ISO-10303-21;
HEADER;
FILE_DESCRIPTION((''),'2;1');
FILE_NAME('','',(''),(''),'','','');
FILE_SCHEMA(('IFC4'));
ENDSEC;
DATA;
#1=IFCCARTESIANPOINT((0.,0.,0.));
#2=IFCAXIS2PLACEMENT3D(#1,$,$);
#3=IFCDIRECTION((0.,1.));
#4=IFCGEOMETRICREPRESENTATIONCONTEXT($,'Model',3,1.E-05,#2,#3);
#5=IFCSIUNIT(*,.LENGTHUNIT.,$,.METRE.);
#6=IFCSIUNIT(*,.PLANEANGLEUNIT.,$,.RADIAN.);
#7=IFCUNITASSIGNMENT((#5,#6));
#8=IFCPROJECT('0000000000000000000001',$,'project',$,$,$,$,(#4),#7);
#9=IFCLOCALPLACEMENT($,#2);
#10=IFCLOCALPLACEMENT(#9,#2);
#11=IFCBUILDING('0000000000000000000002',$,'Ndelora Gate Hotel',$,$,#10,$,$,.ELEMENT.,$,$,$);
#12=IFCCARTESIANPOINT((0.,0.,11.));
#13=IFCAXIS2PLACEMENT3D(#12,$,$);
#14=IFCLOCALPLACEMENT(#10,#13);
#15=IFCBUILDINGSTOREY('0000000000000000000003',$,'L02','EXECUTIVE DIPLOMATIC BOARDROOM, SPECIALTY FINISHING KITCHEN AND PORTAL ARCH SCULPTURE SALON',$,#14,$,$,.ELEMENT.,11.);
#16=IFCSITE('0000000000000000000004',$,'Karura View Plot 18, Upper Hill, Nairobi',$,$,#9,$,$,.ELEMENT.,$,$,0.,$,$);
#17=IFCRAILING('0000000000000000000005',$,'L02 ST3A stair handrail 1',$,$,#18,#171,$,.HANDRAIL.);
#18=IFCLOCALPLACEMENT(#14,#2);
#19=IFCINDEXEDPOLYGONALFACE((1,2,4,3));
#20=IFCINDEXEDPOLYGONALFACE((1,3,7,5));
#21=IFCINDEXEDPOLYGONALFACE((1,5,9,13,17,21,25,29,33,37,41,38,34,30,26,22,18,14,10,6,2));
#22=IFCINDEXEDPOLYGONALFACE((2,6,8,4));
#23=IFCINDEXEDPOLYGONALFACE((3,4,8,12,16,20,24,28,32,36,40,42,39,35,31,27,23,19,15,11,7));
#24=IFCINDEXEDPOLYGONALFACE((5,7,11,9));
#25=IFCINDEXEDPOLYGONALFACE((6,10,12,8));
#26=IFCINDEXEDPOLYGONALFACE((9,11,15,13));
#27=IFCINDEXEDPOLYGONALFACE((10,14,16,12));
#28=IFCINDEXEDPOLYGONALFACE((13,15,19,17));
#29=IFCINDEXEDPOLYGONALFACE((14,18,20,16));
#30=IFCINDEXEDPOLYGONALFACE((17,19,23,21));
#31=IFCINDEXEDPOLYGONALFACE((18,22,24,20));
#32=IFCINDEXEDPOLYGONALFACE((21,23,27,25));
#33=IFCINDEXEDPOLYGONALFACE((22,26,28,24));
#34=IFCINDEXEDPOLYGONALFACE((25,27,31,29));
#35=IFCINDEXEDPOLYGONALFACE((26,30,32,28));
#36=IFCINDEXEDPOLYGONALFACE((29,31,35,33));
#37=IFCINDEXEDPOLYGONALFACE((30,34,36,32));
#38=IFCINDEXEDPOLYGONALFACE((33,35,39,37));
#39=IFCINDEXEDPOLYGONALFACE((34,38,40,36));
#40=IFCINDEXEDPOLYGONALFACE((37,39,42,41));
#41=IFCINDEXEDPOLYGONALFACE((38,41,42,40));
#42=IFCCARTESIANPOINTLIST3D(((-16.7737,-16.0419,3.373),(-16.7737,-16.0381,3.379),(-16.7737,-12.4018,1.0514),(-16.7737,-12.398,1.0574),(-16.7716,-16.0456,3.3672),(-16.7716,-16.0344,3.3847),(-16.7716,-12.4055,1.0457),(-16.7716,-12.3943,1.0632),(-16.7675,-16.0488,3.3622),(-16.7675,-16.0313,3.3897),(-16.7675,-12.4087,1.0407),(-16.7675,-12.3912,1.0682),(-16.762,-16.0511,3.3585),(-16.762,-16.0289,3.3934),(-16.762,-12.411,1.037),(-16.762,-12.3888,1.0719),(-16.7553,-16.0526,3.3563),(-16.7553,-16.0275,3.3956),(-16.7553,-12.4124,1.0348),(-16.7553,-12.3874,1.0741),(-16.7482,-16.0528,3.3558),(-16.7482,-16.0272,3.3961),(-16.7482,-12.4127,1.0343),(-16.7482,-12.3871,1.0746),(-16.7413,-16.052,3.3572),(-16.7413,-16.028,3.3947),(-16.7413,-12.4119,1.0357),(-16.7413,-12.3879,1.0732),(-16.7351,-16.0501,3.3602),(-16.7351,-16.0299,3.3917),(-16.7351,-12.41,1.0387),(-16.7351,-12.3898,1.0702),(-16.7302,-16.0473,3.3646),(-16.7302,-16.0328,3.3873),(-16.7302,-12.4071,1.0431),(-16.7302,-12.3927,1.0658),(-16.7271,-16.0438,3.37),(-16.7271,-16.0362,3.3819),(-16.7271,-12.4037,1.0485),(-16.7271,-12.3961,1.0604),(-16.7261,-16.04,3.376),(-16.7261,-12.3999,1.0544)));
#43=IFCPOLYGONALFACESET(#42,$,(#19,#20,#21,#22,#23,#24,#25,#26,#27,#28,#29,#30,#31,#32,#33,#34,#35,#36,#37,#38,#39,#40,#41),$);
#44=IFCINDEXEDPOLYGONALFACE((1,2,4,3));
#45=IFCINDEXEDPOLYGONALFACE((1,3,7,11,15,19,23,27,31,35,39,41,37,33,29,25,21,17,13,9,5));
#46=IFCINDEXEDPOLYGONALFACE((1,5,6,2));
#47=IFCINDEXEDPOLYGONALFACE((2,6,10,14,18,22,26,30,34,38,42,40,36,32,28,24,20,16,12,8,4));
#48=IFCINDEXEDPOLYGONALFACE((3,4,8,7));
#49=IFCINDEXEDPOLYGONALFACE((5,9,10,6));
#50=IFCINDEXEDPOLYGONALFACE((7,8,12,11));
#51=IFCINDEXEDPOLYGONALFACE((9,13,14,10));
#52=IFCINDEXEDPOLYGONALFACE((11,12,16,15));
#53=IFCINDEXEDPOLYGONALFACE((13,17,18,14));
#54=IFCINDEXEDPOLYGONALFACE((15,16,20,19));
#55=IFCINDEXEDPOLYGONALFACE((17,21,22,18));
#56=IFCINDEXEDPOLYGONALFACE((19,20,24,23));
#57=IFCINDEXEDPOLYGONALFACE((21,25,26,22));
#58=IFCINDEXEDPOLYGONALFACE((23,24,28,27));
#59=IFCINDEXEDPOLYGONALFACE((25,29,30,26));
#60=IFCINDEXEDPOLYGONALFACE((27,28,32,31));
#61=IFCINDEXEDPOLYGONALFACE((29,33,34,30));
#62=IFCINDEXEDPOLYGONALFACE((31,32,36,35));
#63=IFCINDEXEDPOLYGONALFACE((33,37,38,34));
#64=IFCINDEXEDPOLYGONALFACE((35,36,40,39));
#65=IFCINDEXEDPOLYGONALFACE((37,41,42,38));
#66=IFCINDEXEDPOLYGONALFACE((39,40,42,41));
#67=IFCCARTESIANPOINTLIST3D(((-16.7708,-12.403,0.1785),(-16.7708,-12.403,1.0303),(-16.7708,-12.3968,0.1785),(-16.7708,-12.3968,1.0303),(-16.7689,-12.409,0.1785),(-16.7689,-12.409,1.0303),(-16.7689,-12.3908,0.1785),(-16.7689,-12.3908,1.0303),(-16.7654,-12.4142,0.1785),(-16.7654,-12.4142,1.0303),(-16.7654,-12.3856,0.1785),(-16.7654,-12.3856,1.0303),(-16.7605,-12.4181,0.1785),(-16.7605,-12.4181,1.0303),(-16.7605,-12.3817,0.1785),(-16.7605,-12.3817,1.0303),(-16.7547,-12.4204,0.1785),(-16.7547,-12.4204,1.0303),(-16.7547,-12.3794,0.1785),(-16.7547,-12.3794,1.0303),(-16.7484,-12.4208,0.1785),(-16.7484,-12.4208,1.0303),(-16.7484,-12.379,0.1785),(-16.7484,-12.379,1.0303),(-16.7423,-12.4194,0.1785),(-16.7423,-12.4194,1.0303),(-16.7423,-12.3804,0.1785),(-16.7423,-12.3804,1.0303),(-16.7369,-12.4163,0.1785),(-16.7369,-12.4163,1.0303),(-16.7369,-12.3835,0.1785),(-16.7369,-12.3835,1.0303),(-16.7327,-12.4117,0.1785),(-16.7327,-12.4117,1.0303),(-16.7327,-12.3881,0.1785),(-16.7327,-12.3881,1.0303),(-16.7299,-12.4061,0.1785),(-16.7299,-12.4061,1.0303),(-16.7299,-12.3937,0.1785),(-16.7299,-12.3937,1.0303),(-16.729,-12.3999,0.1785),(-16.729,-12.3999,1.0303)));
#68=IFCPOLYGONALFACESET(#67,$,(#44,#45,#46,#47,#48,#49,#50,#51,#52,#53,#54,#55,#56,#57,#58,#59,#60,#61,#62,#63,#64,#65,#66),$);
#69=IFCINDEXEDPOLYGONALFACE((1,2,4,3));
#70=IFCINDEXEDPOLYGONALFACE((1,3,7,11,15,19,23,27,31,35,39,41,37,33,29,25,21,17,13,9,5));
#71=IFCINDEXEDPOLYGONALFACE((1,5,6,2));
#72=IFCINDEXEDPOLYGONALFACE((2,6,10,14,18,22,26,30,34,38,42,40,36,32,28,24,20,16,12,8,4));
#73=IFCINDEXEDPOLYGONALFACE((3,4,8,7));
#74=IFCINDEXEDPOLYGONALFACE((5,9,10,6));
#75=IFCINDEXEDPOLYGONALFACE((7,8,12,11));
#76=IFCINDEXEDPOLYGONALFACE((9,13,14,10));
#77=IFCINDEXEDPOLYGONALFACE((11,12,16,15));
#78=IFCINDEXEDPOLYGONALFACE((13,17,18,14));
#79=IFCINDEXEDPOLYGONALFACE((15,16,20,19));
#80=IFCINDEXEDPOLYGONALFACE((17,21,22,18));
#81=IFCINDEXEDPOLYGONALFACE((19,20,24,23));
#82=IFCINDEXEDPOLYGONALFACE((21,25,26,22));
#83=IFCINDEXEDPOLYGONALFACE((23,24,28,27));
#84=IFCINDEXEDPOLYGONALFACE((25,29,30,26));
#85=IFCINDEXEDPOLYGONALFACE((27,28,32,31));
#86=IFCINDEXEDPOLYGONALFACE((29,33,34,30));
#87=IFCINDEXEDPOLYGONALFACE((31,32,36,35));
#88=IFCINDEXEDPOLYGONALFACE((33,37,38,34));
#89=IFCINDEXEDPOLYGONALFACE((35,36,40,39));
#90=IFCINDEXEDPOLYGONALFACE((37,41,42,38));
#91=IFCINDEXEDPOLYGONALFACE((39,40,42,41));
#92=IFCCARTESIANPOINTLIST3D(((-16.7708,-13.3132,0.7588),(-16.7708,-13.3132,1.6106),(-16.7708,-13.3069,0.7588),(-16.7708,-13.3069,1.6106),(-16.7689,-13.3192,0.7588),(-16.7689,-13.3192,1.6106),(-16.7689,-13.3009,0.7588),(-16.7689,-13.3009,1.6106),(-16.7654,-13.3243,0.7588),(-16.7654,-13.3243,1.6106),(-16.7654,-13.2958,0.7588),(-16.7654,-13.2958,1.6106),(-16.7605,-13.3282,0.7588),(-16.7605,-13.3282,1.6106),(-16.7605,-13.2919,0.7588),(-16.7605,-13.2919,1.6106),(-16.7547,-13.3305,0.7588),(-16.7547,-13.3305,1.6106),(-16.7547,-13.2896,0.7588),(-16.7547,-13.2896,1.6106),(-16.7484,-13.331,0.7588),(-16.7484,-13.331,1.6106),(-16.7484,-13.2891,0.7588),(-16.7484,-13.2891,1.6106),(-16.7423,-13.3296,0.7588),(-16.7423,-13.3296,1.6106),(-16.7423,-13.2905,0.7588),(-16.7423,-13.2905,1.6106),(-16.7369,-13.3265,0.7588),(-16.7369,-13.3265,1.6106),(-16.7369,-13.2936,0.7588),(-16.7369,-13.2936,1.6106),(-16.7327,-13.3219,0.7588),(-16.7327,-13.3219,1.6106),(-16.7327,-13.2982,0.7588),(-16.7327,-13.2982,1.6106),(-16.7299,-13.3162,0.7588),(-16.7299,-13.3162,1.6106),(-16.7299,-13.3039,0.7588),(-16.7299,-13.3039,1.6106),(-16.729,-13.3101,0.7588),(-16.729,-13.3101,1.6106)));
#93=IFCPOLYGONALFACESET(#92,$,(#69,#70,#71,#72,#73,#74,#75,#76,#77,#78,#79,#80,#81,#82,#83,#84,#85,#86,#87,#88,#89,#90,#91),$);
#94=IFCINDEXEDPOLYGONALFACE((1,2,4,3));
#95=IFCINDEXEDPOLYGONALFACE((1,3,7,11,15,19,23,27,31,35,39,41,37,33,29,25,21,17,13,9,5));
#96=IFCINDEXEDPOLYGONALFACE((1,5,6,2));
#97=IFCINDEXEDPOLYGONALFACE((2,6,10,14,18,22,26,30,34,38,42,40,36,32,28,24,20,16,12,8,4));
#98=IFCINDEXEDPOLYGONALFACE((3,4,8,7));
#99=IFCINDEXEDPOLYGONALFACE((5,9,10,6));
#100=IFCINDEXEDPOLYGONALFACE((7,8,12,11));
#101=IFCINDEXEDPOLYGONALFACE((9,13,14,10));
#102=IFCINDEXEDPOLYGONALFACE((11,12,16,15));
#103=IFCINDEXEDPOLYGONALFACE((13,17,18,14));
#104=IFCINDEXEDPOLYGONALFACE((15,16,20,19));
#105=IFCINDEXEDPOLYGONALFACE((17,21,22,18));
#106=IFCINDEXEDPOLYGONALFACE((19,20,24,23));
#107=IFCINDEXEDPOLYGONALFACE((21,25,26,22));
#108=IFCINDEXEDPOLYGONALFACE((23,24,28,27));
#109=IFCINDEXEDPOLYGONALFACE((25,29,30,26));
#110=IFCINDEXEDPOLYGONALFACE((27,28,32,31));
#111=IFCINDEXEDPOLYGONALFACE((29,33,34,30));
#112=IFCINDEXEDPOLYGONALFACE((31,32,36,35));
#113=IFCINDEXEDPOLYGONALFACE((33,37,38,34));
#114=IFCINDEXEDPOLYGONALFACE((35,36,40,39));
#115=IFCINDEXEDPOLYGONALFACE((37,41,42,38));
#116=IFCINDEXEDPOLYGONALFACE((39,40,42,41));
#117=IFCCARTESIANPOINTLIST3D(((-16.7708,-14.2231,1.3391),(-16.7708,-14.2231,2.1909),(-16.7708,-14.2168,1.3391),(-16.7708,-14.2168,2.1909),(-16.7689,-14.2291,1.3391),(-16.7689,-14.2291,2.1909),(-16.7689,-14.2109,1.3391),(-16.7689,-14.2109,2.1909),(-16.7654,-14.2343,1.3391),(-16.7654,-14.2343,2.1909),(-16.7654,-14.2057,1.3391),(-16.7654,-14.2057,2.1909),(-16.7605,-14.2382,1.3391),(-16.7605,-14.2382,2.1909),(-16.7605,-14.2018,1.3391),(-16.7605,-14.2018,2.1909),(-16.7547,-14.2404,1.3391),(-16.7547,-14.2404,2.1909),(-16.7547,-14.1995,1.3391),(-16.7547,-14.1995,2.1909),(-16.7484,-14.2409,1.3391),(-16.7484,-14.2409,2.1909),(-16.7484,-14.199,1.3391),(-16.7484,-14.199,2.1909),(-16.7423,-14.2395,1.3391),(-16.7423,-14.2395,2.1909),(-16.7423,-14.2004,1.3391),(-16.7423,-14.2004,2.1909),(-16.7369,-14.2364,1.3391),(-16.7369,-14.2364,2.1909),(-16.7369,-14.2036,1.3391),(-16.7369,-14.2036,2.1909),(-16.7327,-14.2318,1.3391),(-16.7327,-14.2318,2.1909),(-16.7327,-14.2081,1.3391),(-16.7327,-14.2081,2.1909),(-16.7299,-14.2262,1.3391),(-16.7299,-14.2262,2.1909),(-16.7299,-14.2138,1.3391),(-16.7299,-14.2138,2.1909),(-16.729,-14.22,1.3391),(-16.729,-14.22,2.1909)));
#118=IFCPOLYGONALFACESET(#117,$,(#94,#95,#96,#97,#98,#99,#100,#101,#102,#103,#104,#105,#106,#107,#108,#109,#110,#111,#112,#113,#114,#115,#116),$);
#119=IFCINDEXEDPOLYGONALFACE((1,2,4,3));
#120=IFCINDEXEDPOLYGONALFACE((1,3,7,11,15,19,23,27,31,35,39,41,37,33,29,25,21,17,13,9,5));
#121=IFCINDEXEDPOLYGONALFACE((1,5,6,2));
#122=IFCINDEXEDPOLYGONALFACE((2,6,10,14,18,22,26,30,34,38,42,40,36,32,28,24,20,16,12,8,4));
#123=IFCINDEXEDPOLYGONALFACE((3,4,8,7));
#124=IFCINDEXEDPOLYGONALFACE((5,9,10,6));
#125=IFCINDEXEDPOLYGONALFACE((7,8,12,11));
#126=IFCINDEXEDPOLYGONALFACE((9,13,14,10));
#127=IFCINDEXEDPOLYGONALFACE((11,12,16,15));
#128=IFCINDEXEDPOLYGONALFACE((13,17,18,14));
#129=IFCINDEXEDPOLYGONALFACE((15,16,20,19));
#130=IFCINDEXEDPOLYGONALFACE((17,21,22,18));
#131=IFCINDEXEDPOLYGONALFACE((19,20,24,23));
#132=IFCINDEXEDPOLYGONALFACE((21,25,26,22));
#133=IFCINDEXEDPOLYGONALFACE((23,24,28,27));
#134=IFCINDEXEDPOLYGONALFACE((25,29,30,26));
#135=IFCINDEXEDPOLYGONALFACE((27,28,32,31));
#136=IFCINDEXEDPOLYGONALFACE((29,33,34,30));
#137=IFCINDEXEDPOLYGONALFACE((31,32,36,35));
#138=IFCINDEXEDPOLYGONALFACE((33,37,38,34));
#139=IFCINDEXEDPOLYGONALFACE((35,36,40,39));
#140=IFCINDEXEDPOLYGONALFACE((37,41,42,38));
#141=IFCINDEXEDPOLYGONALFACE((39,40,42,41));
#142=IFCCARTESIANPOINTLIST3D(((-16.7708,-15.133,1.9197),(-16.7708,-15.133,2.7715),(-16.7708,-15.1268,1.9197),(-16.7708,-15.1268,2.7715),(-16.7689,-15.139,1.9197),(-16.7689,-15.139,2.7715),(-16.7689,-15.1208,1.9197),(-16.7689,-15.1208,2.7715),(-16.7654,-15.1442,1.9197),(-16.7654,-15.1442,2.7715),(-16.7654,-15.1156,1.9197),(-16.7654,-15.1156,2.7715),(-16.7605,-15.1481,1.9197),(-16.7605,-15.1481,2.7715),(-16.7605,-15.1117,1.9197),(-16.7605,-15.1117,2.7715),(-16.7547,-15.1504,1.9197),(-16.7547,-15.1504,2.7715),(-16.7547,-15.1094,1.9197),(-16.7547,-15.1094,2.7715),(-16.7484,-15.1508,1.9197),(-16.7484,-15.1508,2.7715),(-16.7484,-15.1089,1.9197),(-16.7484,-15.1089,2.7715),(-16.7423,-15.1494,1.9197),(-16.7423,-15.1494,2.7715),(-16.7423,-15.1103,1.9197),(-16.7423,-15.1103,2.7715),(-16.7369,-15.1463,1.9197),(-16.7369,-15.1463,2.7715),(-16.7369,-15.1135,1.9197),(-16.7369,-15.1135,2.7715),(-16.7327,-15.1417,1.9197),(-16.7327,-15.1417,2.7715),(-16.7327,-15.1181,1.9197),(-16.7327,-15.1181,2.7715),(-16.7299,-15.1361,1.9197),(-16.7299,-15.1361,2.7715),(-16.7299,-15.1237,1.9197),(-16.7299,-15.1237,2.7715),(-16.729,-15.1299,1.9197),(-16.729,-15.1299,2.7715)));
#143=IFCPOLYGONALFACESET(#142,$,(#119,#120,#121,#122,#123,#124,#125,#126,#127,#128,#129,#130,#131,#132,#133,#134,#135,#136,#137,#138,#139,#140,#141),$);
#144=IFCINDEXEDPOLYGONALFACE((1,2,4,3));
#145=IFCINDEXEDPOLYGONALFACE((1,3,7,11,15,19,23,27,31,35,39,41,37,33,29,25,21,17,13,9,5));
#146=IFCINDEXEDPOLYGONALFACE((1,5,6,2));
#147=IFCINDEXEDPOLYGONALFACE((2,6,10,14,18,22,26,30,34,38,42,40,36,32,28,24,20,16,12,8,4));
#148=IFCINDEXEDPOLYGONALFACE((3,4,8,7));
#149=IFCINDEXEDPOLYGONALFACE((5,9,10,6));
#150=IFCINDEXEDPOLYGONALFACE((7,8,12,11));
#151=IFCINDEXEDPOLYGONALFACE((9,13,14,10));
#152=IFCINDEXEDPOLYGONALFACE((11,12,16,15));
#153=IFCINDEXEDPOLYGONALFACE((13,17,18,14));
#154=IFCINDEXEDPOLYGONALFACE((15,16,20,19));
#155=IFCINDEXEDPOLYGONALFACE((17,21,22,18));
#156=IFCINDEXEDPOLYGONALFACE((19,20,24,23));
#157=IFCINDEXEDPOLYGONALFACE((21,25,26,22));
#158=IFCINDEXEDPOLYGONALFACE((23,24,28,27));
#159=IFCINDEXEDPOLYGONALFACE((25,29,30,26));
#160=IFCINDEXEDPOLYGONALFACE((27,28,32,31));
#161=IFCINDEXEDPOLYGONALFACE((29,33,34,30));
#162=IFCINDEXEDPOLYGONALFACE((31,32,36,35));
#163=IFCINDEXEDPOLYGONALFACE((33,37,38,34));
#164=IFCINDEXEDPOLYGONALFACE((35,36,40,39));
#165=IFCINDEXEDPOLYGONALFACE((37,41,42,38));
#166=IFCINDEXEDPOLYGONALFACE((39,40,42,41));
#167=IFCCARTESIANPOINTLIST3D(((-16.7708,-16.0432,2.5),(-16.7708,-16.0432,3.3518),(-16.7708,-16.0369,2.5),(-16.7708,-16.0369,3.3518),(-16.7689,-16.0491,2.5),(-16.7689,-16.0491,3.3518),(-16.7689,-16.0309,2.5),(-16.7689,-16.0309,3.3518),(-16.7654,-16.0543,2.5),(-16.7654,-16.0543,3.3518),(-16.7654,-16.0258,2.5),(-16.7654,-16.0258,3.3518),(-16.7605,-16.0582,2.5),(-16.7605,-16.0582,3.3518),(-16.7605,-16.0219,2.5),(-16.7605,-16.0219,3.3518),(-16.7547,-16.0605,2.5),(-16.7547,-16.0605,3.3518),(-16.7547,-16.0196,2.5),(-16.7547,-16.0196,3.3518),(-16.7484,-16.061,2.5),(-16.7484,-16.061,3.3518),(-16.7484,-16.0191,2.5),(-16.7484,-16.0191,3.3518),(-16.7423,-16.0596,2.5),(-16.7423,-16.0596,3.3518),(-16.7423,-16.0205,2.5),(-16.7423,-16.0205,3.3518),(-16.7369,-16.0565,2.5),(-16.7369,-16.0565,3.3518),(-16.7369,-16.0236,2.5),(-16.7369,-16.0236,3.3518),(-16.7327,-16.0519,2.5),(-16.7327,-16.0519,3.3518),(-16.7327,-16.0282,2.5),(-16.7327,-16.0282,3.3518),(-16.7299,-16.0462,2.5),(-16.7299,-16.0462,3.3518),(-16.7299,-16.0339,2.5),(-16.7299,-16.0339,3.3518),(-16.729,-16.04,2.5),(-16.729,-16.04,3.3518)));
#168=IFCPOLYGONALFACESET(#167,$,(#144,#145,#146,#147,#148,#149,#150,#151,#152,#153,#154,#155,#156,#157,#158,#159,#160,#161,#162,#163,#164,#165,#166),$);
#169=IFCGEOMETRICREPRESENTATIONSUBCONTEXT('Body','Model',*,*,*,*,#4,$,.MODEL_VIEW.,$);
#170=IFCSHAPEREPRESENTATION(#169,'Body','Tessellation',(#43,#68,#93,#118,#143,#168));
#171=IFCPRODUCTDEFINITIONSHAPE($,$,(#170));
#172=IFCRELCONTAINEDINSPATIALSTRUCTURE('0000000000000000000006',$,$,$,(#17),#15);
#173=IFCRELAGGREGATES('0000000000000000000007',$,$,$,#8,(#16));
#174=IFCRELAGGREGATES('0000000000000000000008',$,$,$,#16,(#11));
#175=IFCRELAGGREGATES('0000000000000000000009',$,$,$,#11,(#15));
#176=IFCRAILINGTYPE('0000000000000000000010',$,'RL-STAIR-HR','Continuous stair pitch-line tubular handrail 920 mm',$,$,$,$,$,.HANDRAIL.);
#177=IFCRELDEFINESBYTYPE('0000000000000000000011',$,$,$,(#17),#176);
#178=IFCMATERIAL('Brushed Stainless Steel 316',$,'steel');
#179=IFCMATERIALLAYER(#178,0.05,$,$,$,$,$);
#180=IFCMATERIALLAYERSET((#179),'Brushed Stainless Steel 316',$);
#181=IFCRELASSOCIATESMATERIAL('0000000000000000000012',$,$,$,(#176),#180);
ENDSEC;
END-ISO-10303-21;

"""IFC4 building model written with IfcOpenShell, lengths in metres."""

from ifc_helpers import new_model, si_unit, direction, frame, origin, origin_2d, place, context, subcontext, project, spatial, circle, extrude, material, layer, layer_set, type_object, element, save


model = new_model("IFC4")

# Units and contexts
model_context = context("Model", 3, precision=1e-05, world=origin(), true_north=direction((0.0, 1.0)))
body_context = subcontext(model_context, "Body", "Model", "MODEL_VIEW")
ifc_project = project(units=[si_unit("LENGTHUNIT", "METRE"), si_unit("PLANEANGLEUNIT", "RADIAN")], contexts=[model_context])

# Site, building, storey
site_placement = place(None, origin())
site = spatial("IfcSite", under=ifc_project, at=site_placement, Name="Karura View Plot 18, Upper Hill, Nairobi", CompositionType="ELEMENT", RefElevation=0.0)
building_placement = place(site_placement, origin())
building = spatial("IfcBuilding", under=site, at=building_placement, Name="Ndelora Gate Hotel", CompositionType="ELEMENT")
storey_placement = place(building_placement, frame((0.0, 0.0, 11.0)))
storey = spatial("IfcBuildingStorey", under=building, at=storey_placement, Name="L02", Description="EXECUTIVE DIPLOMATIC BOARDROOM, SPECIALTY FINISHING KITCHEN AND PORTAL ARCH SCULPTURE SALON", CompositionType="ELEMENT", Elevation=11.0)

# Railing
ifc_material_1 = material(Name="Brushed Stainless Steel 316", Category="steel")
ifc_layer_1 = layer(ifc_material_1, 0.05)
ifc_layer_set_1 = layer_set([ifc_layer_1], Name="Brushed Stainless Steel 316")
railing_type_1 = type_object("IfcRailingType", Name="RL-STAIR-HR", Description="Continuous stair pitch-line tubular handrail 920 mm", PredefinedType="HANDRAIL", material=ifc_layer_set_1)
railing_1_placement = place(storey_placement, frame((-16.75, -12.3999, 0.1785)))
element("IfcRailing", 1, at=railing_1_placement, inside=storey, type_object=railing_type_1, Name="L02 ST3A stair handrail 1", PredefinedType="HANDRAIL", context=body_context, shape_type="SweptSolid", body=[
    extrude(circle(Radius=0.0239, at=origin_2d()), frame((0.0, 0.0, 0.876), z_axis=(0.0, -0.843128, 0.537713), x_axis=(1.0, 0.0, 0.0)), (0.0, 0.0, 1.0), 4.3174),
    extrude(circle(Radius=0.021, at=origin_2d()), origin(), (0.0, 0.0, 1.0), 0.8518),
    extrude(circle(Radius=0.021, at=origin_2d()), frame((0.0, -0.9102, 0.5803)), (0.0, 0.0, 1.0), 0.8518),
    extrude(circle(Radius=0.021, at=origin_2d()), frame((0.0, -1.8201, 1.1606)), (0.0, 0.0, 1.0), 0.8518),
    extrude(circle(Radius=0.021, at=origin_2d()), frame((0.0, -2.73, 1.7412)), (0.0, 0.0, 1.0), 0.8518),
    extrude(circle(Radius=0.021, at=origin_2d()), frame((0.0, -3.6401, 2.3215)), (0.0, 0.0, 1.0), 0.8518),
])

save(model, "model.ifc")
